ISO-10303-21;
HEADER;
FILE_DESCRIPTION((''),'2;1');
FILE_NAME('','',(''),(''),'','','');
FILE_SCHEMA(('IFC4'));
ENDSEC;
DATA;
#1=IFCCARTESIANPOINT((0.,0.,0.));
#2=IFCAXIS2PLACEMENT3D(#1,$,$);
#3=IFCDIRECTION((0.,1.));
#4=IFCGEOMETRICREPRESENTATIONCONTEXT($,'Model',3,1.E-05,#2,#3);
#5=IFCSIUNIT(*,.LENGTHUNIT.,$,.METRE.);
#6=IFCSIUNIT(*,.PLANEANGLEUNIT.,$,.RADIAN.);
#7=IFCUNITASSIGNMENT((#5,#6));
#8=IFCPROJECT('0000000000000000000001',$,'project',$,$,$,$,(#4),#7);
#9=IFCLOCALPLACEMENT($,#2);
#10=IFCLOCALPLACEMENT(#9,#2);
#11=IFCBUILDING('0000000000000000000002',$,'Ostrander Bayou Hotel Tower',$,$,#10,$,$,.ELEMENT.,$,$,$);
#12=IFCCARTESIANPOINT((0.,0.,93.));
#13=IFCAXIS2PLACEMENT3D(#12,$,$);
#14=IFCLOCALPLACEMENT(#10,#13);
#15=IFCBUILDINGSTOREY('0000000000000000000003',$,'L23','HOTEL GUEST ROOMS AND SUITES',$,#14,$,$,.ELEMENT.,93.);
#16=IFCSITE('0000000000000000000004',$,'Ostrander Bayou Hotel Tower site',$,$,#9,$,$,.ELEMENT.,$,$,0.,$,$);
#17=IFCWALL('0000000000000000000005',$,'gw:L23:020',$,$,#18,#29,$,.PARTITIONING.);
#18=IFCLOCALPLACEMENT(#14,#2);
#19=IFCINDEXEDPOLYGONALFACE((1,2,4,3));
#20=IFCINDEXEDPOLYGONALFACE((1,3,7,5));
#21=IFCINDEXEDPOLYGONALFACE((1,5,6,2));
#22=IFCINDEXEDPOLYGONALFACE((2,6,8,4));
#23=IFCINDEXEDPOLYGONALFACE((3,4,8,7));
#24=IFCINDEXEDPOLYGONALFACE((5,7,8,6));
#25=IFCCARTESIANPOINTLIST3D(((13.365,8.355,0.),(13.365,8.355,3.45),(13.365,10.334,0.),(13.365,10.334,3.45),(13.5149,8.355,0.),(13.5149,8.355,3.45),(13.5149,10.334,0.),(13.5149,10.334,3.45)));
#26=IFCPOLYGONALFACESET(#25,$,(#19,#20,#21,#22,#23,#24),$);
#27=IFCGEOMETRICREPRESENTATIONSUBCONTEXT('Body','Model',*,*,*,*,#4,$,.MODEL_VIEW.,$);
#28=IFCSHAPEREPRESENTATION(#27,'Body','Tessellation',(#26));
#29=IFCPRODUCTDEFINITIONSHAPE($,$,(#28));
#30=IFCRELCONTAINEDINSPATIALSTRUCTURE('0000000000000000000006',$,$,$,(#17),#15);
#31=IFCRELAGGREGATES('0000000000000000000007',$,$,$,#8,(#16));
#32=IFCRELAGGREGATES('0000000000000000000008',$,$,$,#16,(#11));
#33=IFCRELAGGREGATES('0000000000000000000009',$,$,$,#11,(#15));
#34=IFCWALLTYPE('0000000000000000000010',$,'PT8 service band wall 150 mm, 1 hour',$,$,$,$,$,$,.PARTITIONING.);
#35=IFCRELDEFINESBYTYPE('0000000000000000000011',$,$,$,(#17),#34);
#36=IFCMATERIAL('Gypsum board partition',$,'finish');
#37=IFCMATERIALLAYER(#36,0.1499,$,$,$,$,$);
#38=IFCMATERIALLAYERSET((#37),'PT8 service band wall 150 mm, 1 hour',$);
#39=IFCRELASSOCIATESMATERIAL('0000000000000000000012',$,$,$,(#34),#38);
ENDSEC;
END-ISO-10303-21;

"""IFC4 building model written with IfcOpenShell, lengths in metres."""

from ifc_helpers import new_model, si_unit, direction, frame, frame_2d, origin, place, context, subcontext, project, spatial, rectangle, extrude, material, layer, layer_set, type_object, element, save


model = new_model("IFC4")

# Units and contexts
model_context = context("Model", 3, precision=1e-05, world=origin(), true_north=direction((0.0, 1.0)))
body_context = subcontext(model_context, "Body", "Model", "MODEL_VIEW")
ifc_project = project(units=[si_unit("LENGTHUNIT", "METRE"), si_unit("PLANEANGLEUNIT", "RADIAN")], contexts=[model_context])

# Site, building, storey
site_placement = place(None, origin())
site = spatial("IfcSite", under=ifc_project, at=site_placement, Name="Ostrander Bayou Hotel Tower site", CompositionType="ELEMENT", RefElevation=0.0)
building_placement = place(site_placement, origin())
building = spatial("IfcBuilding", under=site, at=building_placement, Name="Ostrander Bayou Hotel Tower", CompositionType="ELEMENT")
storey_placement = place(building_placement, frame((0.0, 0.0, 93.0)))
storey = spatial("IfcBuildingStorey", under=building, at=storey_placement, Name="L23", Description="HOTEL GUEST ROOMS AND SUITES", CompositionType="ELEMENT", Elevation=93.0)

# Wall
ifc_material_1 = material(Name="Gypsum board partition", Category="finish")
ifc_layer_1 = layer(ifc_material_1, 0.1499)
ifc_layer_set_1 = layer_set([ifc_layer_1], Name="PT8 service band wall 150 mm, 1 hour")
wall_type_1 = type_object("IfcWallType", Name="PT8 service band wall 150 mm, 1 hour", PredefinedType="PARTITIONING", material=ifc_layer_set_1)
wall_1_placement = place(storey_placement, frame((13.4399, 8.355, 0.0), z_axis=(0.0, 0.0, 1.0), x_axis=(0.0, 1.0, 0.0)))
element("IfcWall", 1, at=wall_1_placement, inside=storey, type_object=wall_type_1, Name="gw:L23:020", PredefinedType="PARTITIONING", context=body_context, shape_type="SweptSolid", body=[
    extrude(rectangle(XDim=1.979, YDim=0.1499, at=frame_2d((0.9895, 0.0))), origin(), (0.0, 0.0, 1.0), 3.45),
])

save(model, "model.ifc")
